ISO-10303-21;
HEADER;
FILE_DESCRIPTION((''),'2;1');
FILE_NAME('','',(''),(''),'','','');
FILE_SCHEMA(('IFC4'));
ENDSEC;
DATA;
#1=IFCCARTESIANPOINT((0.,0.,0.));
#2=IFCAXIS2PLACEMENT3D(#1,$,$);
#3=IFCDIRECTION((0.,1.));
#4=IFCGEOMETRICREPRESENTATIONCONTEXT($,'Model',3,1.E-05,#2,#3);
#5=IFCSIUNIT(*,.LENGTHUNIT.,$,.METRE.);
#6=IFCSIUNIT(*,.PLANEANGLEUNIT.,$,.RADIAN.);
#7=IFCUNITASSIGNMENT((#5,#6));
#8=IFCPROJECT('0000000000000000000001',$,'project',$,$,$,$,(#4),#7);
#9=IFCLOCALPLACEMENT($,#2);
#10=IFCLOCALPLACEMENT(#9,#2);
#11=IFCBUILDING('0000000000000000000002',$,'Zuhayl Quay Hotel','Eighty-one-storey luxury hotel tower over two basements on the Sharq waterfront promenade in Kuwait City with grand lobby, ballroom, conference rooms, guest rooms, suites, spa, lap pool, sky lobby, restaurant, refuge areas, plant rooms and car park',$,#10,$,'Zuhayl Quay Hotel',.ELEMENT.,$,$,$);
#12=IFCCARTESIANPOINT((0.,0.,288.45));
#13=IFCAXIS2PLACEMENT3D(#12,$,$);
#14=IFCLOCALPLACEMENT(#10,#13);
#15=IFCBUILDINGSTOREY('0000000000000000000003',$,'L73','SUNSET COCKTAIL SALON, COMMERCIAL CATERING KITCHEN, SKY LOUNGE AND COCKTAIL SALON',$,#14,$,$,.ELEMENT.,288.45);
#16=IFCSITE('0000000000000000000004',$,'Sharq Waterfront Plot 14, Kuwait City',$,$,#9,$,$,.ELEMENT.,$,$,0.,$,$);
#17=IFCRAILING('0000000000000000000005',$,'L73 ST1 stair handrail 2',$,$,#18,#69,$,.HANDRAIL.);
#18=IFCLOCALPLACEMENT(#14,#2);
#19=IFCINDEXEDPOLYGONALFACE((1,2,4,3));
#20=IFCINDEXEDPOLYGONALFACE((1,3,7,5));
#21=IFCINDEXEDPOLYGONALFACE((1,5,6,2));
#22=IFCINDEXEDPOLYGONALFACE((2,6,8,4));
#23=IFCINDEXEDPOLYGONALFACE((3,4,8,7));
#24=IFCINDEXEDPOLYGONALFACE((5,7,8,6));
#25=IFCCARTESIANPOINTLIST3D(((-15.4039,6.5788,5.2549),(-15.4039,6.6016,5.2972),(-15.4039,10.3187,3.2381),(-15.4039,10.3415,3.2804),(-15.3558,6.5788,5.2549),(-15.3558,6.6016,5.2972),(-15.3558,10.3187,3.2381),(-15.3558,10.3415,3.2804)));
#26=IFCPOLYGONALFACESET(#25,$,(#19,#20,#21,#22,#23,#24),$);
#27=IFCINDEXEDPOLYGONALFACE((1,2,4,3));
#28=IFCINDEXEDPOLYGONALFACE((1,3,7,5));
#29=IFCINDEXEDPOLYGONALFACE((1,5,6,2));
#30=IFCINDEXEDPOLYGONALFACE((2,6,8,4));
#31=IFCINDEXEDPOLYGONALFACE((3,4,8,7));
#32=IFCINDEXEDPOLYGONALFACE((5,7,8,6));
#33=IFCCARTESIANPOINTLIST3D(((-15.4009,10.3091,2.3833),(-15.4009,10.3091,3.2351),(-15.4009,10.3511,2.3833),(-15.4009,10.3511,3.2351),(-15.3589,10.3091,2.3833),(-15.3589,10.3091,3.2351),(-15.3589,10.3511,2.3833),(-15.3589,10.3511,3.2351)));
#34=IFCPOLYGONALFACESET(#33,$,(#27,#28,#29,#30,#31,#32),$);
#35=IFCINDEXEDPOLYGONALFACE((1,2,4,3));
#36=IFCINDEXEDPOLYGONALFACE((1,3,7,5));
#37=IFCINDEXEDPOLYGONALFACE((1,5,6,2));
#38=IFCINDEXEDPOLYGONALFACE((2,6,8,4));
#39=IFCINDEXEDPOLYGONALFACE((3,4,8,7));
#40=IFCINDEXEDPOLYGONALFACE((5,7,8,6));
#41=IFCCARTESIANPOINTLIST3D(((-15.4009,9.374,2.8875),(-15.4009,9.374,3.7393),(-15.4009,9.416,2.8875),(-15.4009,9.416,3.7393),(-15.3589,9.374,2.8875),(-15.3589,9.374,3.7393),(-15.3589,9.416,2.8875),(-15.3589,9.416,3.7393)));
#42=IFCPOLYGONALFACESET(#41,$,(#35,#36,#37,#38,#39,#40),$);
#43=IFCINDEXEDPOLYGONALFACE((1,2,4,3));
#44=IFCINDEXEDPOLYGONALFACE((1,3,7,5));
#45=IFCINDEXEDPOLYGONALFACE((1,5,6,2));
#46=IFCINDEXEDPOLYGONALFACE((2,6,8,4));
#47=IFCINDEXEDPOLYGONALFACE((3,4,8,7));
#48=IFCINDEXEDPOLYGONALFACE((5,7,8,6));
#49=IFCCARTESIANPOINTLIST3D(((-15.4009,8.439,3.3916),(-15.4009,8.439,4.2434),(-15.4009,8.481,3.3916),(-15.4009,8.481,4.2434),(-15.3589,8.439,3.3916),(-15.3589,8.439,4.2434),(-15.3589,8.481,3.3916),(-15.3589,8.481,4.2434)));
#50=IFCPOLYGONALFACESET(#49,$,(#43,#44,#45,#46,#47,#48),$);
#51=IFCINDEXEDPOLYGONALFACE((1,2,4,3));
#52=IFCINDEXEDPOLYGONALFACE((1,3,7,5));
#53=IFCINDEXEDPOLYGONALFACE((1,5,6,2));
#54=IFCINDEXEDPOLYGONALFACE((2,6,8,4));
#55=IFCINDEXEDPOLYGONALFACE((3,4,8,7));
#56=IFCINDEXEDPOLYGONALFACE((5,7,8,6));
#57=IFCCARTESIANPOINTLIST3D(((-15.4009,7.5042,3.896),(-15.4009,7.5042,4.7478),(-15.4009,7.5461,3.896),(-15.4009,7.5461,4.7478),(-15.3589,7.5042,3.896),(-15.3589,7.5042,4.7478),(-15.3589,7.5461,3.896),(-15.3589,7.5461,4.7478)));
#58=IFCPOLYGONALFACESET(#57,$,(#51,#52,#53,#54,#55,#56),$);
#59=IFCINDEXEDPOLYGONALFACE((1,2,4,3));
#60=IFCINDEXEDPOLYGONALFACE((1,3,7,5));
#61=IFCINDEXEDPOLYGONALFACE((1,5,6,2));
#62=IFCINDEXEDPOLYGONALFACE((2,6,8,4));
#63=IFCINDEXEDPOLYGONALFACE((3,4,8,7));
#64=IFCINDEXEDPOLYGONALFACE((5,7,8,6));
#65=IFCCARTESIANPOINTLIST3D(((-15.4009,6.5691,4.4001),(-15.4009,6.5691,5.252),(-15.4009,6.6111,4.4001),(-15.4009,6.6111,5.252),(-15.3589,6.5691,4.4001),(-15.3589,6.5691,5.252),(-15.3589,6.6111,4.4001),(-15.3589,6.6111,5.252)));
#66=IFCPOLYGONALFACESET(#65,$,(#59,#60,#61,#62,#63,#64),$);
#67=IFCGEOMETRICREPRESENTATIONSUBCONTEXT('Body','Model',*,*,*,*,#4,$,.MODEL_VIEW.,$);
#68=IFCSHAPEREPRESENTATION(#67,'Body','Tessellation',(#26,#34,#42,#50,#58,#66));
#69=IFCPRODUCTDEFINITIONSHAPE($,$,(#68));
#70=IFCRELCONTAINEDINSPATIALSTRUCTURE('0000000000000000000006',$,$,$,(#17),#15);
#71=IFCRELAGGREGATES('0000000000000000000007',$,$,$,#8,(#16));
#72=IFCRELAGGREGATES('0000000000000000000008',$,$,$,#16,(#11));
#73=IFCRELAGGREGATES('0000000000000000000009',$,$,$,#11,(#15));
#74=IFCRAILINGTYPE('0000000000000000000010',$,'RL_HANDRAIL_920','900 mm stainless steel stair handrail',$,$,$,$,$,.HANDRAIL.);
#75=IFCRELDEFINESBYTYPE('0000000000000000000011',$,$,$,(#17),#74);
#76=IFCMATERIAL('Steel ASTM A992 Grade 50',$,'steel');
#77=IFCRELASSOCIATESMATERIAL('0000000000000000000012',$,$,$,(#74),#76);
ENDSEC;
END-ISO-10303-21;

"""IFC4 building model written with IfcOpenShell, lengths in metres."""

from ifc_helpers import new_model, si_unit, direction, frame, origin, origin_2d, place, context, subcontext, project, spatial, rectangle, extrude, material, type_object, element, save


model = new_model("IFC4")

# Units and contexts
model_context = context("Model", 3, precision=1e-05, world=origin(), true_north=direction((0.0, 1.0)))
body_context = subcontext(model_context, "Body", "Model", "MODEL_VIEW")
ifc_project = project(units=[si_unit("LENGTHUNIT", "METRE"), si_unit("PLANEANGLEUNIT", "RADIAN")], contexts=[model_context])

# Site, building, storey
site_placement = place(None, origin())
site = spatial("IfcSite", under=ifc_project, at=site_placement, Name="Sharq Waterfront Plot 14, Kuwait City", CompositionType="ELEMENT", RefElevation=0.0)
building_placement = place(site_placement, origin())
building = spatial("IfcBuilding", under=site, at=building_placement, Name="Zuhayl Quay Hotel", Description="Eighty-one-storey luxury hotel tower over two basements on the Sharq waterfront promenade in Kuwait City with grand lobby, ballroom, conference rooms, guest rooms, suites, spa, lap pool, sky lobby, restaurant, refuge areas, plant rooms and car park", LongName="Zuhayl Quay Hotel", CompositionType="ELEMENT")
storey_placement = place(building_placement, frame((0.0, 0.0, 288.45)))
storey = spatial("IfcBuildingStorey", under=building, at=storey_placement, Name="L73", Description="SUNSET COCKTAIL SALON, COMMERCIAL CATERING KITCHEN, SKY LOUNGE AND COCKTAIL SALON", CompositionType="ELEMENT", Elevation=288.45)

# Shared definitions
ifc_material_1 = material(Name="Steel ASTM A992 Grade 50", Category="steel")

# Railing
railing_type_1 = type_object("IfcRailingType", Name="RL_HANDRAIL_920", Description="900 mm stainless steel stair handrail", PredefinedType="HANDRAIL", material=ifc_material_1)
railing_1_placement = place(storey_placement, frame((-15.3799, 10.3301, 2.3833)))
element("IfcRailing", 1, at=railing_1_placement, inside=storey, type_object=railing_type_1, Name="L73 ST1 stair handrail 2", PredefinedType="HANDRAIL", context=body_context, shape_type="SweptSolid", body=[
    extrude(rectangle(XDim=0.0481, YDim=0.0481, at=origin_2d()), frame((0.0, 0.0, 0.876), z_axis=(0.0, -0.880176, 0.474648), x_axis=(1.0, 0.0, 0.0)), (0.0, 0.0, 1.0), 4.249),
    extrude(rectangle(XDim=0.042, YDim=0.042, at=origin_2d()), origin(), (0.0, 0.0, 1.0), 0.8518),
    extrude(rectangle(XDim=0.042, YDim=0.042, at=origin_2d()), frame((0.0, -0.9351, 0.5042)), (0.0, 0.0, 1.0), 0.8518),
    extrude(rectangle(XDim=0.042, YDim=0.042, at=origin_2d()), frame((0.0, -1.8701, 1.0083)), (0.0, 0.0, 1.0), 0.8518),
    extrude(rectangle(XDim=0.042, YDim=0.042, at=origin_2d()), frame((0.0, -2.8049, 1.5127)), (0.0, 0.0, 1.0), 0.8518),
    extrude(rectangle(XDim=0.042, YDim=0.042, at=origin_2d()), frame((0.0, -3.74, 2.0168)), (0.0, 0.0, 1.0), 0.8518),
])

save(model, "model.ifc")
